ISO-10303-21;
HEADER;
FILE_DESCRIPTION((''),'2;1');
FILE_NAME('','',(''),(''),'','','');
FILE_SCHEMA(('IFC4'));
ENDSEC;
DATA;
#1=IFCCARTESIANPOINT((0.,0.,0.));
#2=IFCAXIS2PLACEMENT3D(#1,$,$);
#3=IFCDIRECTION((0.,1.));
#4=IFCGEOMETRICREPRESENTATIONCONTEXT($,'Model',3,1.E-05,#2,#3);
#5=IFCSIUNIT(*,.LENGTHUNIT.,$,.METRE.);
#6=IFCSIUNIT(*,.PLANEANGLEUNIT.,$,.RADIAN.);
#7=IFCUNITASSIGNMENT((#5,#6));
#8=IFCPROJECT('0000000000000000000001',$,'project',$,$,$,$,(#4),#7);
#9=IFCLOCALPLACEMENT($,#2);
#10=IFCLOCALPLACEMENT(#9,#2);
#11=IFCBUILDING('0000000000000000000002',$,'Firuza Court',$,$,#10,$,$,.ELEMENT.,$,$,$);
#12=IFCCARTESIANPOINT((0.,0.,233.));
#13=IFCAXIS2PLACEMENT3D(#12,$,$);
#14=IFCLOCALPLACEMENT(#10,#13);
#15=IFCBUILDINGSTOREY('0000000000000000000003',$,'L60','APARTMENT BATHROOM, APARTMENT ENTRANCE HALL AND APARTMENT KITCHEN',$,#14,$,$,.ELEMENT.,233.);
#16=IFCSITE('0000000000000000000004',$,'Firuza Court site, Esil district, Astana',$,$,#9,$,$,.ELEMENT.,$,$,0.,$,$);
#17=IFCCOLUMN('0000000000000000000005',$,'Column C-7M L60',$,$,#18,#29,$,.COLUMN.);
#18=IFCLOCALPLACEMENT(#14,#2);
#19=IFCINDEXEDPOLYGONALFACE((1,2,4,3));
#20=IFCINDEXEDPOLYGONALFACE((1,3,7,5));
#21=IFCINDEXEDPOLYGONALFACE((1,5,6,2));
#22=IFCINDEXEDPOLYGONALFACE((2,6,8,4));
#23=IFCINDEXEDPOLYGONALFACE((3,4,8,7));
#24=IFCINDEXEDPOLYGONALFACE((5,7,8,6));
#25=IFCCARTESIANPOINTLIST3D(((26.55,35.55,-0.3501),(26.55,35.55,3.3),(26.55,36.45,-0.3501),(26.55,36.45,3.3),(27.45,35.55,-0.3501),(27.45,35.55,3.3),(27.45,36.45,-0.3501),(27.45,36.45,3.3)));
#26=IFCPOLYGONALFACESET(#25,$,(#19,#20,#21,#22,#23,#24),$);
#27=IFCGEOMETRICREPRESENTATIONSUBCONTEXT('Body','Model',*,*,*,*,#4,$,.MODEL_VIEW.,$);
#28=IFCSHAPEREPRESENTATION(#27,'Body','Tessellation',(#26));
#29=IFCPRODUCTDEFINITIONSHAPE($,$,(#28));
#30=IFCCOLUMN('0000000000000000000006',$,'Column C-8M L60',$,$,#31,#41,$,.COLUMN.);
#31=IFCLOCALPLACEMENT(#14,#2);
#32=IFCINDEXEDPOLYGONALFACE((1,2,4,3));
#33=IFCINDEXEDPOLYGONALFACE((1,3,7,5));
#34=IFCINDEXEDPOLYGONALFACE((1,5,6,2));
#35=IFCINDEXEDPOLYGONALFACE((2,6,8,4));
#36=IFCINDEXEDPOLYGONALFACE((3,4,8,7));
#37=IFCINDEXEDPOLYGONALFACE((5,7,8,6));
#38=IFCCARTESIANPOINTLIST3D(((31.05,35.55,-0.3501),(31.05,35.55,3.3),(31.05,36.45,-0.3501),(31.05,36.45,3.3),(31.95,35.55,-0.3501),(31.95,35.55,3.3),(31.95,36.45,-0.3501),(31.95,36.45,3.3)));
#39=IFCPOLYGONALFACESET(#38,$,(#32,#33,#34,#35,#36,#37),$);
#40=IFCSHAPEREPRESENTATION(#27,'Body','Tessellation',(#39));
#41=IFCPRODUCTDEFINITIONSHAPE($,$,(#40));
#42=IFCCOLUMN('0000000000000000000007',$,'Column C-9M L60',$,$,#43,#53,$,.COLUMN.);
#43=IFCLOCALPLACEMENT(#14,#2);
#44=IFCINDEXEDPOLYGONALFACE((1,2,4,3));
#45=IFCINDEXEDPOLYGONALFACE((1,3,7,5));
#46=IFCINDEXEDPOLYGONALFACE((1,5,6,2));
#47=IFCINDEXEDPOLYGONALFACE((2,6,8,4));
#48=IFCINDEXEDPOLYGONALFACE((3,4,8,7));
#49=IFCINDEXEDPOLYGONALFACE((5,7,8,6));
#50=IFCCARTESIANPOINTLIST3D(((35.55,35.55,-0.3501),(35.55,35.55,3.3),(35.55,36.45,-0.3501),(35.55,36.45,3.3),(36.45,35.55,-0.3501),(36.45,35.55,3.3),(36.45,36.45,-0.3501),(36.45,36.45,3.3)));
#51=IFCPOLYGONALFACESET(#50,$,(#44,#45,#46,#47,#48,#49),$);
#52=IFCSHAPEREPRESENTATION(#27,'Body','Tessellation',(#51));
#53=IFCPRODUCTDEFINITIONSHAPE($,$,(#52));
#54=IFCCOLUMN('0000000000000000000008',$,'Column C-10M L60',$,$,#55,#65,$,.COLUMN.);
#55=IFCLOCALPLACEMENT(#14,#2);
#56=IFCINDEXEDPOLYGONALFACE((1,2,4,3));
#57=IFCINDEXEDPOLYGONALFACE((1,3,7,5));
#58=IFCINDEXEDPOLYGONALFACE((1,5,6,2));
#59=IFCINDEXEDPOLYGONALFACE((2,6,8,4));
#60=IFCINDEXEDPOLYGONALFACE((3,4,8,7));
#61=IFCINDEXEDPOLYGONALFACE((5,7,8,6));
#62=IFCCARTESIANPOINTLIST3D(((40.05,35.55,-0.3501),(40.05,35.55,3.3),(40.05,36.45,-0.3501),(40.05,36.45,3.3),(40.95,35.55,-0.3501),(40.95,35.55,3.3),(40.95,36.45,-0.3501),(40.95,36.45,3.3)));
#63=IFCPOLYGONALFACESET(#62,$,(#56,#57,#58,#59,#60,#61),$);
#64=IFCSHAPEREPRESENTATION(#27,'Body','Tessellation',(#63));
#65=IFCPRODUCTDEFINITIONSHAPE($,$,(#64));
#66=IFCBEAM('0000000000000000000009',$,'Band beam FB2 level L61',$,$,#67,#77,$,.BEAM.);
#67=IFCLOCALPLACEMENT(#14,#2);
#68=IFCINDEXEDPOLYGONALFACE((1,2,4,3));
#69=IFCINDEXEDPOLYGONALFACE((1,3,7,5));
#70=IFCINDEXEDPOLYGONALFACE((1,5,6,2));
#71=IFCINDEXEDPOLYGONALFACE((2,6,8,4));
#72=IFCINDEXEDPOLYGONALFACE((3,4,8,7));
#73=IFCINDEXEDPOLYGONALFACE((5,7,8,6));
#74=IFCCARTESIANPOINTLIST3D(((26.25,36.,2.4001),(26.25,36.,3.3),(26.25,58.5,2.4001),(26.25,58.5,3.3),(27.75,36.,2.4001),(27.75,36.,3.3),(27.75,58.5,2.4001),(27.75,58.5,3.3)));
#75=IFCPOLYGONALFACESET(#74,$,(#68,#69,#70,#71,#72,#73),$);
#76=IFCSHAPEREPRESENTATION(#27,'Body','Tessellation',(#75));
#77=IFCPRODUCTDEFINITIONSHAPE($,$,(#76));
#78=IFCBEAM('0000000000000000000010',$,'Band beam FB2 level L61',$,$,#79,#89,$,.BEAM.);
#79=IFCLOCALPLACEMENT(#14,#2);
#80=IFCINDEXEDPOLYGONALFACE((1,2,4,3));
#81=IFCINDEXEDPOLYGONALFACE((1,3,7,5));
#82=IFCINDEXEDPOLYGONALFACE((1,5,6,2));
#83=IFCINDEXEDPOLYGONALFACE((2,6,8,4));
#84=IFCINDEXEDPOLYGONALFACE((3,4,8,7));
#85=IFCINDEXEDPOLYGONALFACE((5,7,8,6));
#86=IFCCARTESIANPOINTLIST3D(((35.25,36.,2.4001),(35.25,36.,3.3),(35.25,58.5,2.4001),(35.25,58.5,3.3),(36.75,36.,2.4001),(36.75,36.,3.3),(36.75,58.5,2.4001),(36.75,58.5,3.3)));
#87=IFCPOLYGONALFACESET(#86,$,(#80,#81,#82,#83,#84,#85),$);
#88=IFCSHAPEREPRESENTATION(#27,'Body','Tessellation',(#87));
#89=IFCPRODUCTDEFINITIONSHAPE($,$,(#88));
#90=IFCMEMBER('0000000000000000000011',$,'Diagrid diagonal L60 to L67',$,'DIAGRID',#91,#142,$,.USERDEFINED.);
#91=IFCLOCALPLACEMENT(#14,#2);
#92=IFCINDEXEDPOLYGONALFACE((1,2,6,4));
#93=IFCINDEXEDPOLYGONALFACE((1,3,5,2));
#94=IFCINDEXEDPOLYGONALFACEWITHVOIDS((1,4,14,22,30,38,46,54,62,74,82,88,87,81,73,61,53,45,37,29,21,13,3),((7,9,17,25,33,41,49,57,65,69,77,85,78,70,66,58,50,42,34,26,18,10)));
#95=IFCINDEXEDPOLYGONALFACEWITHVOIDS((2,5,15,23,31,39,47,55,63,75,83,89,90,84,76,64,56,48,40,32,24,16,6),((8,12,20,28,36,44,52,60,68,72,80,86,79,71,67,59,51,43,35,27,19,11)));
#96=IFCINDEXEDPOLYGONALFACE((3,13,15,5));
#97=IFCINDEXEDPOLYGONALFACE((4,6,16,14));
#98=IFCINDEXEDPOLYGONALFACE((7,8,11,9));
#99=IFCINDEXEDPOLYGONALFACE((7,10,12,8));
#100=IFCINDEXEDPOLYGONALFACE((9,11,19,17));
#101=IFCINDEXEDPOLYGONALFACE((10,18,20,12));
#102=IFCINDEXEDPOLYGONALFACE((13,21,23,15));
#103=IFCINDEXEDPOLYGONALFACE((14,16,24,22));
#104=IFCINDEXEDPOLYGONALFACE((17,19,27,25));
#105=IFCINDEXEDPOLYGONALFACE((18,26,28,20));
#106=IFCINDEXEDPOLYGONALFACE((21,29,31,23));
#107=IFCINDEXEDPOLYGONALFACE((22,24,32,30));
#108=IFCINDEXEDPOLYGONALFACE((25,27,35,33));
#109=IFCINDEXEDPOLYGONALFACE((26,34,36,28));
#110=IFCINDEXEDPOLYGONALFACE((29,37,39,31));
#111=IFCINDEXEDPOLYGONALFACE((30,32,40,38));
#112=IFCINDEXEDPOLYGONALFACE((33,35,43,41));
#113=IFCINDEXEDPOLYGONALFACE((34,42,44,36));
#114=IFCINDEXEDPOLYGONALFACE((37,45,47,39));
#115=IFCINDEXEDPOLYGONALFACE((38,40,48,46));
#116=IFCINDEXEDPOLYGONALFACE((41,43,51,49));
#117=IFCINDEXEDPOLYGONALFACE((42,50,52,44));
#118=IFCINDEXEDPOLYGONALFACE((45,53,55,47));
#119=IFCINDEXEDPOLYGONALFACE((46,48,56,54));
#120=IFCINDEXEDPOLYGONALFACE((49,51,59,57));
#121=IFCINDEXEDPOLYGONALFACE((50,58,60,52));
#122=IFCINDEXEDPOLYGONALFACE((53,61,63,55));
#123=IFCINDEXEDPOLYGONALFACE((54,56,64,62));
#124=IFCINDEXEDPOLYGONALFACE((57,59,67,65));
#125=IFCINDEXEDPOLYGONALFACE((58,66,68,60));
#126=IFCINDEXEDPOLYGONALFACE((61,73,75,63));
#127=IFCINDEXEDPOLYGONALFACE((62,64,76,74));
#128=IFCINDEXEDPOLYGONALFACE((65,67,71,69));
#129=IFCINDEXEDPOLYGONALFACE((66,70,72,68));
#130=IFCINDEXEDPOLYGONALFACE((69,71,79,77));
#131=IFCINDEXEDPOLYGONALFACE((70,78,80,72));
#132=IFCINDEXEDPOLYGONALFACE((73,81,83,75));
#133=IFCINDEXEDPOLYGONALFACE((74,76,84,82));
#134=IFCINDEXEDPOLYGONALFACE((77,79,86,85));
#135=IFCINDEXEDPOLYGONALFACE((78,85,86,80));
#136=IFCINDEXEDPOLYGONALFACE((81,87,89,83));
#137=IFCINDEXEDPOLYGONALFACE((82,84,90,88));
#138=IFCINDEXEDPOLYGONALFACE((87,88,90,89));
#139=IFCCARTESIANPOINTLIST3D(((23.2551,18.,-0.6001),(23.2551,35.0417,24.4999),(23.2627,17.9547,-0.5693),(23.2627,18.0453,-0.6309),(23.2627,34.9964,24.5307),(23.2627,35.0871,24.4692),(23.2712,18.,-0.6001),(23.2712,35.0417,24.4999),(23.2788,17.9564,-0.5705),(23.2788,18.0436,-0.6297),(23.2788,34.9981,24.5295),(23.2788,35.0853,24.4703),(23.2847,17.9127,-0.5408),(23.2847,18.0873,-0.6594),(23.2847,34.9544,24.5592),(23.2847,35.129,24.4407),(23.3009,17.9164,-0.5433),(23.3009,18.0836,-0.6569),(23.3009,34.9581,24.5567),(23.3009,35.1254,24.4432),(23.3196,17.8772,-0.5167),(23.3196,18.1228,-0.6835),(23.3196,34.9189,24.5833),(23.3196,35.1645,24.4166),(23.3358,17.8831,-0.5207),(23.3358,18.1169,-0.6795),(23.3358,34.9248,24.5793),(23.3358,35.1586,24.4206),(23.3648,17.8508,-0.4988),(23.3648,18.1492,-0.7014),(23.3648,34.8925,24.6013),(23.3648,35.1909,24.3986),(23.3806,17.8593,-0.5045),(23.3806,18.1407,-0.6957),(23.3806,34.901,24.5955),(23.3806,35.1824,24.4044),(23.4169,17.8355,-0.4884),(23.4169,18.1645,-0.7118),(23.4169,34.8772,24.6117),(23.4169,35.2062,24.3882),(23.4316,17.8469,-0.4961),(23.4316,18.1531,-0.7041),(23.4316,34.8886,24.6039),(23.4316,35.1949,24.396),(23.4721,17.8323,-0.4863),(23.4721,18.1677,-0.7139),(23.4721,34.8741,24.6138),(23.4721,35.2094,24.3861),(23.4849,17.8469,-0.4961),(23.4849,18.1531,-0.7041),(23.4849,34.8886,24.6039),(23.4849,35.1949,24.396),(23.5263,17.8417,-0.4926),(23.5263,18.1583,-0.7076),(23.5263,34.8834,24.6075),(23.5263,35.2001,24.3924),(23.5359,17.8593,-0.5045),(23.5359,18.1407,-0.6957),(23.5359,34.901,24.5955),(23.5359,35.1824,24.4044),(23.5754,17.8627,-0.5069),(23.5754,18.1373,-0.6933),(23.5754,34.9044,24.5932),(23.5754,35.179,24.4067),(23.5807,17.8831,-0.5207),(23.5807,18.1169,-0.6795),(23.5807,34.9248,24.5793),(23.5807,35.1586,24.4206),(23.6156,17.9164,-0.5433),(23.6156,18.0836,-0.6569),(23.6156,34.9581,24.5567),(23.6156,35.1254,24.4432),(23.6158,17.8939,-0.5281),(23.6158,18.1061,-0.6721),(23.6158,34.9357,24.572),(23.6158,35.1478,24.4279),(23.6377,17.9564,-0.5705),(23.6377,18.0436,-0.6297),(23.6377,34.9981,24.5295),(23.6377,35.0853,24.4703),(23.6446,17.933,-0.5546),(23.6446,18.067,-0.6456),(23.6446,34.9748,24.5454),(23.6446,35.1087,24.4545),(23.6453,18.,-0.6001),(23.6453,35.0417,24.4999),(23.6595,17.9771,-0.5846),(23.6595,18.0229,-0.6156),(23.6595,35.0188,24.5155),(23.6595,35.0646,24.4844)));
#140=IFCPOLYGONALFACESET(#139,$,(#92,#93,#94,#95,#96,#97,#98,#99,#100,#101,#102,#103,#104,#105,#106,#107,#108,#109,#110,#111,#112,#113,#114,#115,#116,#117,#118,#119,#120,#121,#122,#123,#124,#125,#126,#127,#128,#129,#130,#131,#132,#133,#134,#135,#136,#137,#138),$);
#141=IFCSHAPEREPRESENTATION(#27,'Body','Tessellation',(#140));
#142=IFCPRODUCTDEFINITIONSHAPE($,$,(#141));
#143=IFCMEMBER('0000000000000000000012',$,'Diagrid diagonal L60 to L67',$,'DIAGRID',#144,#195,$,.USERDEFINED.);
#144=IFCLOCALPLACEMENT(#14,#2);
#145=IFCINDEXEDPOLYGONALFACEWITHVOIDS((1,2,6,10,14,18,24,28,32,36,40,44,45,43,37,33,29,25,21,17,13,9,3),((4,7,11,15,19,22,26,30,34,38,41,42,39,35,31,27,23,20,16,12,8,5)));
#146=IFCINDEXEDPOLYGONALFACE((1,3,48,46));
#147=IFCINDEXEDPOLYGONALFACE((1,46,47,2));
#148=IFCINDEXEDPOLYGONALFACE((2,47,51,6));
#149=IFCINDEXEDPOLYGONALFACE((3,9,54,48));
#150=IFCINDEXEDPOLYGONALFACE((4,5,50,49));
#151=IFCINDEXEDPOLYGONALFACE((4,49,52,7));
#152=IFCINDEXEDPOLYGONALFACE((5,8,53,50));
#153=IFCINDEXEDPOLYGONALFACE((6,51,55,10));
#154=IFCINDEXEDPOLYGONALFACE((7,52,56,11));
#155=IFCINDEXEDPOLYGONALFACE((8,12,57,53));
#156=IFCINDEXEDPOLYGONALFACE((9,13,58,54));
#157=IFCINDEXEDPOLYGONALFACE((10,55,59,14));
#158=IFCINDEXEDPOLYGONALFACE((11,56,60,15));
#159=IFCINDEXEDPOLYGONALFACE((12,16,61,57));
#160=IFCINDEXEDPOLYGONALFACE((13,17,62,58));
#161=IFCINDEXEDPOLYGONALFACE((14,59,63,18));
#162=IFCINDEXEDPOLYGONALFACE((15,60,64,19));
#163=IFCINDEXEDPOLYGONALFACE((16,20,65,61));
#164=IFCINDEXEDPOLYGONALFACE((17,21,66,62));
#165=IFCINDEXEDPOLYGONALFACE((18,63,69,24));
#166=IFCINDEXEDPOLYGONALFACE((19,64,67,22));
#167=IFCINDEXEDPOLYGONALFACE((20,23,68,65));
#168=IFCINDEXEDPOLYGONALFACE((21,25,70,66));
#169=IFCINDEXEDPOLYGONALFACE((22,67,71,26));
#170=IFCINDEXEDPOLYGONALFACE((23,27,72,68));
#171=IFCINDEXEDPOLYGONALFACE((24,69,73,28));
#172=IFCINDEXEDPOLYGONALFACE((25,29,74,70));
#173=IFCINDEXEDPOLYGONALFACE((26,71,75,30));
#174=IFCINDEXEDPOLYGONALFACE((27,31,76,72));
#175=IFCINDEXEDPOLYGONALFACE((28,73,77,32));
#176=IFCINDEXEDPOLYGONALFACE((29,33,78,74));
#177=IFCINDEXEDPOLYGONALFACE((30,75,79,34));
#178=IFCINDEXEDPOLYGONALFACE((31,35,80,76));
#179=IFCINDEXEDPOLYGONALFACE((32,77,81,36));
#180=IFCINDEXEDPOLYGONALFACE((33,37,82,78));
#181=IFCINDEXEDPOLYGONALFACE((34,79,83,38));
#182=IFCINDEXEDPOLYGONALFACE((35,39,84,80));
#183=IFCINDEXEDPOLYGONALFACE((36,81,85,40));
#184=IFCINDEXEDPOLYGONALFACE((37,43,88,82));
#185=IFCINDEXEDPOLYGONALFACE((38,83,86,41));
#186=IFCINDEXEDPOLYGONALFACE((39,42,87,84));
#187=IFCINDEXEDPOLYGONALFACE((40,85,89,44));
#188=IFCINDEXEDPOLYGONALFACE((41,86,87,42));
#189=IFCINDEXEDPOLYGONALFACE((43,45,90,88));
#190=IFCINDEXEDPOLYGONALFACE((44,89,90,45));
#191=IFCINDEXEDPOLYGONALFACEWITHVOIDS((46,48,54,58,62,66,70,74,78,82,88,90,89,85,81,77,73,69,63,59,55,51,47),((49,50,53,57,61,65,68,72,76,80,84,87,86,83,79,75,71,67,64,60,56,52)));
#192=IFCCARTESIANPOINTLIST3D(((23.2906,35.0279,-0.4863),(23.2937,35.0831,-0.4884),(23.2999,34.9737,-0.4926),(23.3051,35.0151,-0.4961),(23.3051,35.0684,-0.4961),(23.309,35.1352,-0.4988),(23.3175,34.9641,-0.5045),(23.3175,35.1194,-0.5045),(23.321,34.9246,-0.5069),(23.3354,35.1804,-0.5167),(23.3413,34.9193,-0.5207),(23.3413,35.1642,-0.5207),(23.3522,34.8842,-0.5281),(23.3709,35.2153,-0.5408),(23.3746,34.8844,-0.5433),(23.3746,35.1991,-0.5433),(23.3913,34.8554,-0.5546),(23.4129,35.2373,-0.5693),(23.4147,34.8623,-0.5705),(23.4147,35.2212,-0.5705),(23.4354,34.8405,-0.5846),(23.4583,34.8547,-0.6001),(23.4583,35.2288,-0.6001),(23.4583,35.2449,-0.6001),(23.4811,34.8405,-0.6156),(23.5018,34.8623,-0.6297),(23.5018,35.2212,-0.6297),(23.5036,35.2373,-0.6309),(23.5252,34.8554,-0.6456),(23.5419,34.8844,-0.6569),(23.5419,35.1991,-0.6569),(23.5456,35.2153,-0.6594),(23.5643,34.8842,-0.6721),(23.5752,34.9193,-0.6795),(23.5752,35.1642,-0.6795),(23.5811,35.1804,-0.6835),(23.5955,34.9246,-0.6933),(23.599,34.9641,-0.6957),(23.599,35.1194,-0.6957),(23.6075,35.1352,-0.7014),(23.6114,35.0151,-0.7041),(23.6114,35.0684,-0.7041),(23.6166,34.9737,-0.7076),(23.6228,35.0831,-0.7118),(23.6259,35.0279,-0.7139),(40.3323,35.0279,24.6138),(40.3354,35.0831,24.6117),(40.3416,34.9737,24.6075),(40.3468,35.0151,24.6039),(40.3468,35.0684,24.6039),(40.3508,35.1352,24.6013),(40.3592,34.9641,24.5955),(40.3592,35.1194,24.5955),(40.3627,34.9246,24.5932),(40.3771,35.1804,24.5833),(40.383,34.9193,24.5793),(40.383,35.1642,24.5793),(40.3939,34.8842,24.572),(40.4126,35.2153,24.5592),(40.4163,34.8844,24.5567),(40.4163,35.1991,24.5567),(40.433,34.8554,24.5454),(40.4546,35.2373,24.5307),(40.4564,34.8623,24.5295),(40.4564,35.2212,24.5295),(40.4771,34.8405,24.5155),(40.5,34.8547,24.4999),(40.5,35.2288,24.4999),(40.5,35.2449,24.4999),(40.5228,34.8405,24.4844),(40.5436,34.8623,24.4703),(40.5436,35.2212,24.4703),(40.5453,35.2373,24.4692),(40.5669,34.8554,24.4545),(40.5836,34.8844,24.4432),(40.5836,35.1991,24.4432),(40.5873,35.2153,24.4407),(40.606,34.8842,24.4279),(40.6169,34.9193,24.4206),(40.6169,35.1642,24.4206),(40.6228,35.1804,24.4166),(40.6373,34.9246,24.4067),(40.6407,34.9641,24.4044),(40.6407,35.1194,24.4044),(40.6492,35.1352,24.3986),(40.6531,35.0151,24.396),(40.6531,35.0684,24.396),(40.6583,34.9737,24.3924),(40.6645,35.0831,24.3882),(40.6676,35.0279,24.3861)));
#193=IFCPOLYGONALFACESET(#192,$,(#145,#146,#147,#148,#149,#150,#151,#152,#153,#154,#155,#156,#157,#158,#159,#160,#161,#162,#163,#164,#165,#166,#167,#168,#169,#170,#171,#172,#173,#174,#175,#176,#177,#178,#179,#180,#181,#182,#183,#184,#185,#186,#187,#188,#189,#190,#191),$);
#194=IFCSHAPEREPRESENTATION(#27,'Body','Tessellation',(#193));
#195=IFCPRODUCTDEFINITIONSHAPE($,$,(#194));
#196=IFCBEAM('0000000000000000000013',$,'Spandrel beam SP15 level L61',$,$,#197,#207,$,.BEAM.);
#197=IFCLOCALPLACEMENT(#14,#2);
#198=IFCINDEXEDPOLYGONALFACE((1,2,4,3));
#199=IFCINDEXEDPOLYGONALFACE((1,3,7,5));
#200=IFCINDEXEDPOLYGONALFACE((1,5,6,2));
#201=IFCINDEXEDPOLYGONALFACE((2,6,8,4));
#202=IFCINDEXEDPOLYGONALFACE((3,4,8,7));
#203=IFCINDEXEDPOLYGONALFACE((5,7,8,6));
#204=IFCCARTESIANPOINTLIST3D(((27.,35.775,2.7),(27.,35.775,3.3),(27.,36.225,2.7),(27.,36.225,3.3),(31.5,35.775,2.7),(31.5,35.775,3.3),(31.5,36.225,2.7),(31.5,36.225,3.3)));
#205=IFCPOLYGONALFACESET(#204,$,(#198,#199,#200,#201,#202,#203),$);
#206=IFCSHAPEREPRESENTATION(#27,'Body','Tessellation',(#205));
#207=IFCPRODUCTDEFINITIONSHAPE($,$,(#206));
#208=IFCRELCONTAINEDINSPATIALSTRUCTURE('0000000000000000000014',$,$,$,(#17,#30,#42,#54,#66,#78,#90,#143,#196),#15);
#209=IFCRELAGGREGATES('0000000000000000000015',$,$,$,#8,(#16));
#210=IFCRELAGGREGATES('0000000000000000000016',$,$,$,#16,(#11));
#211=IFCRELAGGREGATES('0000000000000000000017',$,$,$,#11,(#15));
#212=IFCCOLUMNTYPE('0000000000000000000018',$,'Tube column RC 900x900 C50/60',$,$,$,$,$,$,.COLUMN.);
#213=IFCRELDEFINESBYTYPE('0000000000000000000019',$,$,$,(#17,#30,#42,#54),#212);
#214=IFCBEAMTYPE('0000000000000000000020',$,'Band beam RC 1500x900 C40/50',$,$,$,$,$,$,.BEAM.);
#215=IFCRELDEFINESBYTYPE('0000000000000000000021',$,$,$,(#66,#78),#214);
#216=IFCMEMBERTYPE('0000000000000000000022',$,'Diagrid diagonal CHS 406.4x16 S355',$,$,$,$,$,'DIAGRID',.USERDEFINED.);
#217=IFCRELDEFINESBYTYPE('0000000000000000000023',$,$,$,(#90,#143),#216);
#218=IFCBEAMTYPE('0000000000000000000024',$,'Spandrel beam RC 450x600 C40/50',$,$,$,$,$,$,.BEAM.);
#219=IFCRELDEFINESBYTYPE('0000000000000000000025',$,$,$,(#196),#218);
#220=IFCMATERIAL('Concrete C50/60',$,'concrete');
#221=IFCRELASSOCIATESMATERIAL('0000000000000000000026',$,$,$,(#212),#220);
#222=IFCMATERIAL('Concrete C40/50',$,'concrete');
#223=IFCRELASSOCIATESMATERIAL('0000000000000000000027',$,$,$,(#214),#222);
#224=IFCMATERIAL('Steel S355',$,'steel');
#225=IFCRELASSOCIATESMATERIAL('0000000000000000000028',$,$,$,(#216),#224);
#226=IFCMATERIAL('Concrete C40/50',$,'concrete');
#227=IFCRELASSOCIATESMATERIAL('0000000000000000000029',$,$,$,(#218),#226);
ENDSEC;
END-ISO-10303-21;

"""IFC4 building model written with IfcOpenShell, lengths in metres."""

from ifc_helpers import new_model, si_unit, direction, frame, origin, origin_2d, place, context, subcontext, project, spatial, rectangle, hollow_circle, extrude, material, material_profile, profile_set, type_object, element, save


model = new_model("IFC4")

# Units and contexts
model_context = context("Model", 3, precision=1e-05, world=origin(), true_north=direction((0.0, 1.0)))
body_context = subcontext(model_context, "Body", "Model", "MODEL_VIEW")
ifc_project = project(units=[si_unit("LENGTHUNIT", "METRE"), si_unit("PLANEANGLEUNIT", "RADIAN")], contexts=[model_context])

# Site, building, storey
site_placement = place(None, origin())
site = spatial("IfcSite", under=ifc_project, at=site_placement, Name="Firuza Court site, Esil district, Astana", CompositionType="ELEMENT", RefElevation=0.0)
building_placement = place(site_placement, origin())
building = spatial("IfcBuilding", under=site, at=building_placement, Name="Firuza Court", CompositionType="ELEMENT")
storey_placement = place(building_placement, frame((0.0, 0.0, 233.0)))
storey = spatial("IfcBuildingStorey", under=building, at=storey_placement, Name="L60", Description="APARTMENT BATHROOM, APARTMENT ENTRANCE HALL AND APARTMENT KITCHEN", CompositionType="ELEMENT", Elevation=233.0)

# Columns
ifc_material_1 = material(Name="Concrete C50/60", Category="concrete")
ifc_material_profile_1 = material_profile(ifc_material_1, rectangle(XDim=0.8999, YDim=0.8999, at=origin_2d()), Name="RC 900x900")
ifc_profile_set_1 = profile_set([ifc_material_profile_1], Name="Concrete C50/60")
column_type = type_object("IfcColumnType", Name="Tube column RC 900x900 C50/60", PredefinedType="COLUMN", material=ifc_profile_set_1)
for number, where, z_axis, x_axis, name in (
    (1, (27.0, 36.0, -0.3501), (0.0, 0.0, 1.0), (1.0, 0.0, 0.0), "Column C-7M L60"),
    (2, (31.5, 36.0, -0.3501), (0.0, 0.0, 1.0), (1.0, 0.0, 0.0), "Column C-8M L60"),
    (3, (36.0, 36.0, -0.3501), (0.0, 0.0, 1.0), (1.0, 0.0, 0.0), "Column C-9M L60"),
    (4, (40.5, 36.0, -0.3501), (0.0, 0.0, 1.0), (1.0, 0.0, 0.0), "Column C-10M L60"),
):
    element("IfcColumn", number, at=place(storey_placement, frame(where, z_axis=z_axis, x_axis=x_axis)), inside=storey, type_object=column_type, Name=name, PredefinedType="COLUMN", context=body_context, shape_type="SweptSolid", body=[
        extrude(rectangle(XDim=0.8999, YDim=0.8999, at=origin_2d()), origin(), (0.0, 0.0, 1.0), 3.6501),
    ])

# Beams
ifc_material_2 = material(Name="Concrete C40/50", Category="concrete")
ifc_material_profile_2 = material_profile(ifc_material_2, rectangle(XDim=1.5, YDim=0.8999, at=origin_2d()), Name="RC 1500x900")
ifc_profile_set_2 = profile_set([ifc_material_profile_2], Name="Concrete C40/50")
beam_type_1 = type_object("IfcBeamType", Name="Band beam RC 1500x900 C40/50", PredefinedType="BEAM", material=ifc_profile_set_2)
for number, where, z_axis, x_axis, name in (
    (5, (27.0, 36.0, 2.8501), (0.0, 1.0, 0.0), (-1.0, 0.0, 0.0), "Band beam FB2 level L61"),
    (6, (36.0, 36.0, 2.8501), (0.0, 1.0, 0.0), (-1.0, 0.0, 0.0), "Band beam FB2 level L61"),
):
    element("IfcBeam", number, at=place(storey_placement, frame(where, z_axis=z_axis, x_axis=x_axis)), inside=storey, type_object=beam_type_1, Name=name, PredefinedType="BEAM", context=body_context, shape_type="SweptSolid", body=[
        extrude(rectangle(XDim=1.5, YDim=0.8999, at=origin_2d()), origin(), (0.0, 0.0, 1.0), 22.5),
    ])

# Members
ifc_material_3 = material(Name="Steel S355", Category="steel")
ifc_material_profile_3 = material_profile(ifc_material_3, hollow_circle(Radius=0.2031, WallThickness=0.0161, at=origin_2d()), Name="CHS 406.4x16")
ifc_profile_set_3 = profile_set([ifc_material_profile_3], Name="Steel S355")
member_type = type_object("IfcMemberType", Name="Diagrid diagonal CHS 406.4x16 S355", ElementType="DIAGRID", PredefinedType="USERDEFINED", material=ifc_profile_set_3)
for number, where, z_axis, x_axis, name in (
    (7, (23.4583, 18.0, -0.6001), (0.0, 0.561717, 0.82733), (-1.0, 0.0, 0.0), "Diagrid diagonal L60 to L67"),
    (8, (23.4583, 35.0417, -0.6001), (0.561717, 0.0, 0.82733), (0.0, 1.0, 0.0), "Diagrid diagonal L60 to L67"),
):
    element("IfcMember", number, at=place(storey_placement, frame(where, z_axis=z_axis, x_axis=x_axis)), inside=storey, type_object=member_type, Name=name, ObjectType="DIAGRID", PredefinedType="USERDEFINED", context=body_context, shape_type="SweptSolid", body=[
        extrude(hollow_circle(Radius=0.2031, WallThickness=0.0161, at=origin_2d()), origin(), (0.0, 0.0, 1.0), 30.3386),
    ])

# Beam
ifc_material_4 = material(Name="Concrete C40/50", Category="concrete")
ifc_material_profile_4 = material_profile(ifc_material_4, rectangle(XDim=0.45, YDim=0.6001, at=origin_2d()), Name="RC 450x600")
ifc_profile_set_4 = profile_set([ifc_material_profile_4], Name="Concrete C40/50")
beam_type_2 = type_object("IfcBeamType", Name="Spandrel beam RC 450x600 C40/50", PredefinedType="BEAM", material=ifc_profile_set_4)
for number, where, z_axis, x_axis, name in (
    (9, (27.0, 36.0, 3.0), (1.0, 0.0, 0.0), (0.0, 1.0, 0.0), "Spandrel beam SP15 level L61"),
):
    element("IfcBeam", number, at=place(storey_placement, frame(where, z_axis=z_axis, x_axis=x_axis)), inside=storey, type_object=beam_type_2, Name=name, PredefinedType="BEAM", context=body_context, shape_type="SweptSolid", body=[
        extrude(rectangle(XDim=0.45, YDim=0.6001, at=origin_2d()), origin(), (0.0, 0.0, 1.0), 4.5),
    ])

save(model, "model.ifc")
